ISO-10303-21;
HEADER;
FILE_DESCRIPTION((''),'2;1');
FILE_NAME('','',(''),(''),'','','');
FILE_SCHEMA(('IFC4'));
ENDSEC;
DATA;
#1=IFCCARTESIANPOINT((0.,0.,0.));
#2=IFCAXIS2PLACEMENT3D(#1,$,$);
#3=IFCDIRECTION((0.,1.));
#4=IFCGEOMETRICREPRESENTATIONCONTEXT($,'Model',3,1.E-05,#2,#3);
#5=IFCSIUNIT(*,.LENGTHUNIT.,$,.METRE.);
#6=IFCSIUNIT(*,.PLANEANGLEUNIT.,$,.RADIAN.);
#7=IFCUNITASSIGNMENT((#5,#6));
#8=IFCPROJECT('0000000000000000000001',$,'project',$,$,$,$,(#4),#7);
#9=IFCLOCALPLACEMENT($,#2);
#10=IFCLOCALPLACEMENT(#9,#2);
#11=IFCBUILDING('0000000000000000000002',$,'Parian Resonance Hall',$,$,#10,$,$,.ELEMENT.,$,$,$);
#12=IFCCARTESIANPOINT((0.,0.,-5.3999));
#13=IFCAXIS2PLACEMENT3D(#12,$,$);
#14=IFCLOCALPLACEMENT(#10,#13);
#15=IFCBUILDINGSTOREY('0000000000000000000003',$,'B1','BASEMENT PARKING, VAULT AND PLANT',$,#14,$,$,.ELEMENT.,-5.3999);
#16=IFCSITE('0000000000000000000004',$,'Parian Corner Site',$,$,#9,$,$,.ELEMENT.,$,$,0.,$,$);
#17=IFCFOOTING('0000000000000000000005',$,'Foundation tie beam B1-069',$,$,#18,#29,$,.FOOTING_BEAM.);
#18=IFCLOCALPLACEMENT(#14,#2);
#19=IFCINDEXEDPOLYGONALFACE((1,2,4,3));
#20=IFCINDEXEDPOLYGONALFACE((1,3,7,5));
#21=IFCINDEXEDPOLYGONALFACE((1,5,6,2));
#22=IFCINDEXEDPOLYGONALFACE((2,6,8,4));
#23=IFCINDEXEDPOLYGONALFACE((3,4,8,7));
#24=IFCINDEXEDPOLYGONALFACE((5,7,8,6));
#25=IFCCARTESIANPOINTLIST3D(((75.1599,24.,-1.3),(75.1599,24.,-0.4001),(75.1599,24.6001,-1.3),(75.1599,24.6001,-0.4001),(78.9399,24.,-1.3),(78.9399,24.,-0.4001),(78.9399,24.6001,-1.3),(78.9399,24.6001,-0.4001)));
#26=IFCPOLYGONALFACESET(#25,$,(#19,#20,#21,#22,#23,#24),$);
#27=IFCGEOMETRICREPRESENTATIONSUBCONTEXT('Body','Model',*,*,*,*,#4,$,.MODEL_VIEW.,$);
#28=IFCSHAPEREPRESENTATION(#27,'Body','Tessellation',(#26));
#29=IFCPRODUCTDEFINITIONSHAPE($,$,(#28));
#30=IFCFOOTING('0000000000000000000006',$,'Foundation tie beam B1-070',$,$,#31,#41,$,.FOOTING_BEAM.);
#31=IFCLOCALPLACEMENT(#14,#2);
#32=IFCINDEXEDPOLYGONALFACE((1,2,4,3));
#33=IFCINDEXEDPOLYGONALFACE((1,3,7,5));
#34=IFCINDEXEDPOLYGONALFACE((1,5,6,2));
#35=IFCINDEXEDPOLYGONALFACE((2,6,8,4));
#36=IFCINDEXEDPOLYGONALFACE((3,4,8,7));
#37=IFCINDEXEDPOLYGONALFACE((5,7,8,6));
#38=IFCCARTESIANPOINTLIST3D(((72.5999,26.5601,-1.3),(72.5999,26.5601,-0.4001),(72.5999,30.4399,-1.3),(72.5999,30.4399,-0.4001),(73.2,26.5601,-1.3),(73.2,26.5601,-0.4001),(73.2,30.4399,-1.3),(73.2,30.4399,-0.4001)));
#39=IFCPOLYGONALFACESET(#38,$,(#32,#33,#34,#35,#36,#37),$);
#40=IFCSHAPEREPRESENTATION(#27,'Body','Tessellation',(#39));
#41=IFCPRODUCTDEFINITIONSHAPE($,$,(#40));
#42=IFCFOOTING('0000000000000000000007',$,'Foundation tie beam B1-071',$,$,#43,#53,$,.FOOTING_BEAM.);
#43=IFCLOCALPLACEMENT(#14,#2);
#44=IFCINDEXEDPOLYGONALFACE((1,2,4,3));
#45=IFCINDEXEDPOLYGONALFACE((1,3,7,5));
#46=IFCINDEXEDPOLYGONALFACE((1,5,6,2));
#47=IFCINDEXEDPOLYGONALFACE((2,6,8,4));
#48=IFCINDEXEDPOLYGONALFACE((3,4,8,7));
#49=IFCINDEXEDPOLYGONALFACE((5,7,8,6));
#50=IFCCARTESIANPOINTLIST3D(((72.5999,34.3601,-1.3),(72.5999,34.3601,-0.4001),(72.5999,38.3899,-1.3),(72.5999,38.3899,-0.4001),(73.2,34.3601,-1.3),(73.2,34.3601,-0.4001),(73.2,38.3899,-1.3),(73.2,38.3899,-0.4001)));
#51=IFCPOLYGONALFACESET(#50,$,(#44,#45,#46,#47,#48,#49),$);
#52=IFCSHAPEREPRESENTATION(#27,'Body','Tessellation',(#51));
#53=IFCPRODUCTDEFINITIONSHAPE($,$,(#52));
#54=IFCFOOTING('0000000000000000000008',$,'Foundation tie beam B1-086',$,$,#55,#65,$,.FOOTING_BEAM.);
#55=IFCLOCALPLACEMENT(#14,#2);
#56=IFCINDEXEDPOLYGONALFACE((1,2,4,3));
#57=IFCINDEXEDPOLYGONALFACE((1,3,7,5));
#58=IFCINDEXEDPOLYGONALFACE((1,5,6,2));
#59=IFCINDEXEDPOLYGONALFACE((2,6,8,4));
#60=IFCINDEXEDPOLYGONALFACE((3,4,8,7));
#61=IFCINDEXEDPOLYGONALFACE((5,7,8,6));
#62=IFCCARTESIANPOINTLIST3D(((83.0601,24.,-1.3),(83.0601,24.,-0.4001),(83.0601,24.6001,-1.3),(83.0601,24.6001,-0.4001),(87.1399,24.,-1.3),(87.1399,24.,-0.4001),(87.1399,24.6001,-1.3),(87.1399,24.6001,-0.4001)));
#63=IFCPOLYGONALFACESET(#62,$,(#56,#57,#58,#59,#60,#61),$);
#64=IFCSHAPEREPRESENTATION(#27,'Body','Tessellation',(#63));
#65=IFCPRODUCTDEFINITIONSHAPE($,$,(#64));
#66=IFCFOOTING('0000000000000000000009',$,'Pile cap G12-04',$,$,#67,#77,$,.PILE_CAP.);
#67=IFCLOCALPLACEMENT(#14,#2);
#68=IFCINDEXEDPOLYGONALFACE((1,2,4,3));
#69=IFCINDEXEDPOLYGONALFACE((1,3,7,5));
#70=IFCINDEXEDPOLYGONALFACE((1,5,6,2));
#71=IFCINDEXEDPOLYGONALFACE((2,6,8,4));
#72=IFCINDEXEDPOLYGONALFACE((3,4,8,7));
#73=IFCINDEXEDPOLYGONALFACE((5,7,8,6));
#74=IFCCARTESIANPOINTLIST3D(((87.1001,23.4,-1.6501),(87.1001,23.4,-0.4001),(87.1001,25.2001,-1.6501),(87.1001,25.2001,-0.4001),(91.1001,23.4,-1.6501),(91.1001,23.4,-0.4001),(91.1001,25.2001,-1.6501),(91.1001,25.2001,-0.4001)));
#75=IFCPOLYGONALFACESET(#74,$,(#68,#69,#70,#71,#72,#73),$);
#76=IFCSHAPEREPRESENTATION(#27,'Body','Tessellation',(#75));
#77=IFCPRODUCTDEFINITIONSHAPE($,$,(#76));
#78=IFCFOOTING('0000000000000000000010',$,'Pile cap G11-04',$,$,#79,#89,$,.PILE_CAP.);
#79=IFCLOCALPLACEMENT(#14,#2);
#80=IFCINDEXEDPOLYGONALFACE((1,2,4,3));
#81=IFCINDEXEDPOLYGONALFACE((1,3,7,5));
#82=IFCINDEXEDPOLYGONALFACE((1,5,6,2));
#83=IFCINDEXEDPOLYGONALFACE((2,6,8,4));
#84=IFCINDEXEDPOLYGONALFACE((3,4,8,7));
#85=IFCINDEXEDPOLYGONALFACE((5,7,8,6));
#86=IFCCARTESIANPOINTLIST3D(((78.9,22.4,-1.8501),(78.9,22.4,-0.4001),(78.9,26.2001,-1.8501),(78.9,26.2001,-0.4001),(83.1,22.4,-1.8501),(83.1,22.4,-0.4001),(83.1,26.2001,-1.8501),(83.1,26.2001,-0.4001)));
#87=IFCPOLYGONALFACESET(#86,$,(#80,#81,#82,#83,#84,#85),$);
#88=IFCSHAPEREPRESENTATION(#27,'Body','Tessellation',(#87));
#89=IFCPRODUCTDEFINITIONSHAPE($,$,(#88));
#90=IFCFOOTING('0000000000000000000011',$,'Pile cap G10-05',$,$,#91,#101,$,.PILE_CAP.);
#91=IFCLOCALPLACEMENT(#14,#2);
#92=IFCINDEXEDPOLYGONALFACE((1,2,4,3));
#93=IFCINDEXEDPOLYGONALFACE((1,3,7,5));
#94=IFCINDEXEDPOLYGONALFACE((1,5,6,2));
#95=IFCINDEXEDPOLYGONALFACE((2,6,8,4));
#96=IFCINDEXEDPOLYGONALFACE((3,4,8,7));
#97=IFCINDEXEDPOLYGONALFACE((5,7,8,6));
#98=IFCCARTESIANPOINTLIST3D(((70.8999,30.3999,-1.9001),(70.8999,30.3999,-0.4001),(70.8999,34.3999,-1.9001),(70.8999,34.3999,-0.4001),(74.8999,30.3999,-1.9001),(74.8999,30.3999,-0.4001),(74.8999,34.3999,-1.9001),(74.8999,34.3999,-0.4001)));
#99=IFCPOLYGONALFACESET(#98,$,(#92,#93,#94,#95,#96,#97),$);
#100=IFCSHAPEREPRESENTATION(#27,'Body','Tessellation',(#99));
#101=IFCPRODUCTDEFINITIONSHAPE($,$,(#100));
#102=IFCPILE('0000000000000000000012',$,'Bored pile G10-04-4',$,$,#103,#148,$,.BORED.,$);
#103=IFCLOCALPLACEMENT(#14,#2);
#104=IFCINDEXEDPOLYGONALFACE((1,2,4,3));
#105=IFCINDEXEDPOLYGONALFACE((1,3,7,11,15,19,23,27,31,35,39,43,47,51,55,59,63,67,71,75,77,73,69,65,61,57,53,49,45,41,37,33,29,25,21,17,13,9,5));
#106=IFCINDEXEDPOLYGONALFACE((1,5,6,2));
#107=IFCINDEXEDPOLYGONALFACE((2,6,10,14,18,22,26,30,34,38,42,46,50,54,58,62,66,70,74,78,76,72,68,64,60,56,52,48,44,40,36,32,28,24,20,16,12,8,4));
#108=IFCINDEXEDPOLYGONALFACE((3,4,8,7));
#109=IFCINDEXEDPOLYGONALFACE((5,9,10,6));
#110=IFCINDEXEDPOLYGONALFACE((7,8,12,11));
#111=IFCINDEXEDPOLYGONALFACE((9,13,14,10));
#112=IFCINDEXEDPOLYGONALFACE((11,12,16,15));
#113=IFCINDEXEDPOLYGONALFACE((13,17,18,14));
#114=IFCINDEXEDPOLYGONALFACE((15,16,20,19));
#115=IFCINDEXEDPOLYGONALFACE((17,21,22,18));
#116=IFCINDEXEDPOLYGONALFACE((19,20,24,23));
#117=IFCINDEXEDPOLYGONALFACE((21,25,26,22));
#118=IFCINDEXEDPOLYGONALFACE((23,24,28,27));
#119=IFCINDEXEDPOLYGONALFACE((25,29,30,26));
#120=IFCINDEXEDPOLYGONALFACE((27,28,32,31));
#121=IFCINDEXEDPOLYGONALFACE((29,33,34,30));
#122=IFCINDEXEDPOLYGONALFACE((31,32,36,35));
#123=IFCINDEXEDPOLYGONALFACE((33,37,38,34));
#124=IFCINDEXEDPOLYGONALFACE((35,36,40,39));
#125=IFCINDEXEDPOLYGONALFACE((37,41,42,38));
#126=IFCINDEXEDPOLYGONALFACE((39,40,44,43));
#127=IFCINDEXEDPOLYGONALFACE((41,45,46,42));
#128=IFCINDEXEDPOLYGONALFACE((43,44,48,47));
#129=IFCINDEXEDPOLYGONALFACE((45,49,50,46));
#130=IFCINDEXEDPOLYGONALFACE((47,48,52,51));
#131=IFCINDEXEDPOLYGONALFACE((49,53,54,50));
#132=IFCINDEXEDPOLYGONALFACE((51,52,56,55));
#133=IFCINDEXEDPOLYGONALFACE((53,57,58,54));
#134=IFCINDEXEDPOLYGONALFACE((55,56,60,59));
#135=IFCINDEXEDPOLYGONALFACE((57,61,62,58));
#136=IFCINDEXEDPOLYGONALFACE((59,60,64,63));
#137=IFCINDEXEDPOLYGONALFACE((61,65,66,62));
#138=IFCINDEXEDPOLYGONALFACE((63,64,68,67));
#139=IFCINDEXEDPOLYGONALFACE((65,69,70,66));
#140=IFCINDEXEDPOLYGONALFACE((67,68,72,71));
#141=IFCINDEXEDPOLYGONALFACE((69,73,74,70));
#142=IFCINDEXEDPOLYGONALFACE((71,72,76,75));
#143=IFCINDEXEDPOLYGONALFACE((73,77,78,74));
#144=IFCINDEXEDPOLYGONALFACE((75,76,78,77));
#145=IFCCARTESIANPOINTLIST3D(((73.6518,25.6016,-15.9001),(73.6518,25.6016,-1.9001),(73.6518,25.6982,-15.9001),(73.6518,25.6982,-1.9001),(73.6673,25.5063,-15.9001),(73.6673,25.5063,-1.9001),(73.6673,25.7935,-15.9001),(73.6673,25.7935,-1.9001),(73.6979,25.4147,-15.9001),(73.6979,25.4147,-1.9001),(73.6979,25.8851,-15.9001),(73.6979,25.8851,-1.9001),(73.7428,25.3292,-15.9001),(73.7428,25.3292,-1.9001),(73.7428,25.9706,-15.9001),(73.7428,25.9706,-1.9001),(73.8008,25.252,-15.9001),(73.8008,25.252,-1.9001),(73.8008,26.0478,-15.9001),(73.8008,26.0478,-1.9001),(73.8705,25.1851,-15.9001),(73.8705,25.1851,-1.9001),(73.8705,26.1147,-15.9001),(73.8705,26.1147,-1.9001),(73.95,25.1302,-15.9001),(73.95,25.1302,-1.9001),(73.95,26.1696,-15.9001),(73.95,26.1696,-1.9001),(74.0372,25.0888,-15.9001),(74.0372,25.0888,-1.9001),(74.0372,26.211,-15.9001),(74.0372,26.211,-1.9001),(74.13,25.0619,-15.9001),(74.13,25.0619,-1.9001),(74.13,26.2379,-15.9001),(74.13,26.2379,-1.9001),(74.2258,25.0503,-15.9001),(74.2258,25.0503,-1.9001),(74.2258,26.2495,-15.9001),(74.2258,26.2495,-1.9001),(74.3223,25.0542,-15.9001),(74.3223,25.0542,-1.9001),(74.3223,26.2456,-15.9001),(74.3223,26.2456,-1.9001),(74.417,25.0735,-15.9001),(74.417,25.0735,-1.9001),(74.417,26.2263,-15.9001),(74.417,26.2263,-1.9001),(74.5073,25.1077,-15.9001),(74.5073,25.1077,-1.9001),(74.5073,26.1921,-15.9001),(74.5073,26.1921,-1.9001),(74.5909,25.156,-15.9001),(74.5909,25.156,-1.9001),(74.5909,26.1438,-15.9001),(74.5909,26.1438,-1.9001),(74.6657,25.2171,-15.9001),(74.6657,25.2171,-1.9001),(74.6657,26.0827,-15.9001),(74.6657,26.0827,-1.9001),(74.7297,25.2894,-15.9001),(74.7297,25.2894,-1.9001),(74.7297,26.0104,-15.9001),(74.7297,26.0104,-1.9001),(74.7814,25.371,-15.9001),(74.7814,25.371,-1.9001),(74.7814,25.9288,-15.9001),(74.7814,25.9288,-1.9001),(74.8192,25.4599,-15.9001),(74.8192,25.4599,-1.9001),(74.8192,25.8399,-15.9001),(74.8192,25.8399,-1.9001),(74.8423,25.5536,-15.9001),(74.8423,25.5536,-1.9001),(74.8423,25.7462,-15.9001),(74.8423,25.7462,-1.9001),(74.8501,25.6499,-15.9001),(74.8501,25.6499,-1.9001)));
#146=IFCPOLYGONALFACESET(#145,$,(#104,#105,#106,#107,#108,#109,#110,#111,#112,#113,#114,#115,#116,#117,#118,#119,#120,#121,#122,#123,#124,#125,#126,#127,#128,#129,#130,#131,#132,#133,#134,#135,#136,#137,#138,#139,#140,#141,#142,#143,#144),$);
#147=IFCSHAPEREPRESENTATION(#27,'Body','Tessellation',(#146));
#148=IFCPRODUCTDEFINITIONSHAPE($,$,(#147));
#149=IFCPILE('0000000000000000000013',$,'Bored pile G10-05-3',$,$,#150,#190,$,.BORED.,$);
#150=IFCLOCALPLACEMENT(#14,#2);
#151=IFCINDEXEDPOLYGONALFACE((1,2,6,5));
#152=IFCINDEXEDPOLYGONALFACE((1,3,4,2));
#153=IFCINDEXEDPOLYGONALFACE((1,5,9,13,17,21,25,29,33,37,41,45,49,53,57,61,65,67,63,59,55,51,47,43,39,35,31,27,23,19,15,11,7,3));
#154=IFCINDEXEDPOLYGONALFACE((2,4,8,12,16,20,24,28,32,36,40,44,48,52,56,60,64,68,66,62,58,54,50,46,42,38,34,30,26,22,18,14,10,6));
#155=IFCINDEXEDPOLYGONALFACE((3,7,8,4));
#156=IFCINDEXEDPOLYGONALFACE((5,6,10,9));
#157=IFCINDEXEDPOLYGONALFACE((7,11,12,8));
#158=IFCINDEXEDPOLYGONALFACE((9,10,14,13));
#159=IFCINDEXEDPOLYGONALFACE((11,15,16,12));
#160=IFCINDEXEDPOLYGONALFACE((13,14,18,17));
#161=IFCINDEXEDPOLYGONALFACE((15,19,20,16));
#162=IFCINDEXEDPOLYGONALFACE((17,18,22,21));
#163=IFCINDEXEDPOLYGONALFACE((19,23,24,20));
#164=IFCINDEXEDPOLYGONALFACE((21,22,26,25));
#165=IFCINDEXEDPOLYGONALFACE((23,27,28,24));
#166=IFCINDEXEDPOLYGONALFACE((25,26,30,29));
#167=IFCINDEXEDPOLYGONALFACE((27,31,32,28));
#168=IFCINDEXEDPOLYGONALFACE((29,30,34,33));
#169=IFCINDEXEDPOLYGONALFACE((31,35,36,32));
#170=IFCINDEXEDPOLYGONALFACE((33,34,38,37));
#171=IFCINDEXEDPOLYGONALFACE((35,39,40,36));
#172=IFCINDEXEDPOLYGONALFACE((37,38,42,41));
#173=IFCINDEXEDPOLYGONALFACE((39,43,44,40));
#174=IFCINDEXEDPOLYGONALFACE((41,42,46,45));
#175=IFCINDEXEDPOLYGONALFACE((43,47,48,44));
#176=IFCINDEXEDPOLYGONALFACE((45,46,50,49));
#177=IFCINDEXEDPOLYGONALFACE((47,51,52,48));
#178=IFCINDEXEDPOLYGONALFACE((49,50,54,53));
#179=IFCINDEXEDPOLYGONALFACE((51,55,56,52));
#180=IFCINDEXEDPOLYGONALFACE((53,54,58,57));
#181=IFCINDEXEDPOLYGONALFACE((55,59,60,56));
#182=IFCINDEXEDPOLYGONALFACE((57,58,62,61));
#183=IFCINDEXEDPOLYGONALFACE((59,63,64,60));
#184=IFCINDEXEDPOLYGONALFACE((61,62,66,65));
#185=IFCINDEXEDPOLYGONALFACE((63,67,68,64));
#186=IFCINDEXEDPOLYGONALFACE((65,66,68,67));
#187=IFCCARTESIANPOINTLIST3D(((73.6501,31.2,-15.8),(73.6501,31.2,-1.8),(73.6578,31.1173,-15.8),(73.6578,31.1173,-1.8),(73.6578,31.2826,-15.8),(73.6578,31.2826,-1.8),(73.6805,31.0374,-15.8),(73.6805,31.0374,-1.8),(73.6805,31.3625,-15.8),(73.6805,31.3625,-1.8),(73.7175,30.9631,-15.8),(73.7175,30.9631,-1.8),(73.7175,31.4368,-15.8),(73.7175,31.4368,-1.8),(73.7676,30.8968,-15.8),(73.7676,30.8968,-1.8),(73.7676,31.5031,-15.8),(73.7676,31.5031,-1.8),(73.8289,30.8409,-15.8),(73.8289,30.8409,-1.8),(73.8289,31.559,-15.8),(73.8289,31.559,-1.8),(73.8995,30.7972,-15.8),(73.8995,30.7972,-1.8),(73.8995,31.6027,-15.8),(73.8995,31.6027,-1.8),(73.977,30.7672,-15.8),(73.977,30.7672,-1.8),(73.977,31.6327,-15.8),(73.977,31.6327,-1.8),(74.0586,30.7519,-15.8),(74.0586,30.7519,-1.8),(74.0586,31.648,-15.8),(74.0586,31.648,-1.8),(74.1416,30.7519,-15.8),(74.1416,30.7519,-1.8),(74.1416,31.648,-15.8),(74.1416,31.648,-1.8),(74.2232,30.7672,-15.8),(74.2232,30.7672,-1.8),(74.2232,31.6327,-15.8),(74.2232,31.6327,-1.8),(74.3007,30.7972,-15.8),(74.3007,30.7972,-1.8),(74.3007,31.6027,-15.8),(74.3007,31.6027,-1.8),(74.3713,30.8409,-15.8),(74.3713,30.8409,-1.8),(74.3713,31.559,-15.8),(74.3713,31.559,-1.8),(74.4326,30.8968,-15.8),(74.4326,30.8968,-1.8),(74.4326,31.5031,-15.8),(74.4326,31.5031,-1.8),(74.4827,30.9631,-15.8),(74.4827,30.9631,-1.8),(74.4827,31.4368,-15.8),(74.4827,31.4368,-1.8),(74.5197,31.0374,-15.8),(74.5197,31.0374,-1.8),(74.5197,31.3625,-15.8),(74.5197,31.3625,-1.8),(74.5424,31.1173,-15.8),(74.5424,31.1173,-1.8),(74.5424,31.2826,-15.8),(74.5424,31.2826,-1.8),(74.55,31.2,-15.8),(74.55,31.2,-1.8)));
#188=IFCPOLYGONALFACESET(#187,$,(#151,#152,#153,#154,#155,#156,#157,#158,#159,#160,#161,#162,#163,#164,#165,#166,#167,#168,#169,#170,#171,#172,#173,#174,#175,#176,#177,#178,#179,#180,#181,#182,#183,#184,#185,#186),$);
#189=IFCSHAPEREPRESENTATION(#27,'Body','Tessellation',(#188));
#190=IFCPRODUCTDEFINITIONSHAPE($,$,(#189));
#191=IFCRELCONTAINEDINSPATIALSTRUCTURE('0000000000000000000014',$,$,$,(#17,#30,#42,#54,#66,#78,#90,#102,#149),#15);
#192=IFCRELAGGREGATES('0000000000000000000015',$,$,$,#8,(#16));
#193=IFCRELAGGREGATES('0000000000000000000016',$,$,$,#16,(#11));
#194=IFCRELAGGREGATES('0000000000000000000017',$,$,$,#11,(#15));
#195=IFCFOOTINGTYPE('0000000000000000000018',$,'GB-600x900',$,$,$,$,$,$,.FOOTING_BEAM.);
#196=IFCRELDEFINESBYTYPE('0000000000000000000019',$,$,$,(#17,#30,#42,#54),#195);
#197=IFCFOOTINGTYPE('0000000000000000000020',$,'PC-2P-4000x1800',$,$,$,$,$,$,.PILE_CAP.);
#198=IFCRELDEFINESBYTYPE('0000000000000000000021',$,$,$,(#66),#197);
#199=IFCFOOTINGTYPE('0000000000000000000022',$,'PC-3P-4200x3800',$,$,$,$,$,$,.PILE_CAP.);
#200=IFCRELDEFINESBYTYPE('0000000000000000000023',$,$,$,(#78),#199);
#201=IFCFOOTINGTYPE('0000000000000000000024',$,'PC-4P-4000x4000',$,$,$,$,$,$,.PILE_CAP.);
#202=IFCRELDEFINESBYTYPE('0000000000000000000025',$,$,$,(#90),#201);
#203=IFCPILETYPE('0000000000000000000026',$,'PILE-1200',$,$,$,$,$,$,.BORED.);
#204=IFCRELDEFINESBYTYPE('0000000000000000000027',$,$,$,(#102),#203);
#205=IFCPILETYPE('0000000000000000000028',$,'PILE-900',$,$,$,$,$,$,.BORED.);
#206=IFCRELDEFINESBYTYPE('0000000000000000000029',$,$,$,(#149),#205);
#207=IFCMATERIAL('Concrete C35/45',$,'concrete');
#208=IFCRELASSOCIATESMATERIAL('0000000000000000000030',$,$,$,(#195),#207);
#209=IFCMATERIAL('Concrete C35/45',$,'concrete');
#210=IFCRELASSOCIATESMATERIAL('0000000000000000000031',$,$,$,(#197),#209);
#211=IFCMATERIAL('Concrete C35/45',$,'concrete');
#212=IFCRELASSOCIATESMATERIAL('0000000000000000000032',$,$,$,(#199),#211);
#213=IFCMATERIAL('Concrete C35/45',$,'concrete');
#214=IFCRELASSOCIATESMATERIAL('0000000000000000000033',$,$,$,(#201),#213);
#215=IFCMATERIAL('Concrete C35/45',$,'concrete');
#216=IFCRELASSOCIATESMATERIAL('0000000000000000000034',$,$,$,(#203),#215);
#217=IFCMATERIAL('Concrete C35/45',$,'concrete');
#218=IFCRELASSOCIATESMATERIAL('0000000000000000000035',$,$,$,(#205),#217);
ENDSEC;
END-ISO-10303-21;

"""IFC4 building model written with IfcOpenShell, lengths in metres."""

from ifc_helpers import new_model, si_unit, direction, frame, origin, origin_2d, place, context, subcontext, project, spatial, rectangle, circle, extrude, material, material_profile, profile_set, type_object, element, save


model = new_model("IFC4")

# Units and contexts
model_context = context("Model", 3, precision=1e-05, world=origin(), true_north=direction((0.0, 1.0)))
body_context = subcontext(model_context, "Body", "Model", "MODEL_VIEW")
ifc_project = project(units=[si_unit("LENGTHUNIT", "METRE"), si_unit("PLANEANGLEUNIT", "RADIAN")], contexts=[model_context])

# Site, building, storey
site_placement = place(None, origin())
site = spatial("IfcSite", under=ifc_project, at=site_placement, Name="Parian Corner Site", CompositionType="ELEMENT", RefElevation=0.0)
building_placement = place(site_placement, origin())
building = spatial("IfcBuilding", under=site, at=building_placement, Name="Parian Resonance Hall", CompositionType="ELEMENT")
storey_placement = place(building_placement, frame((0.0, 0.0, -5.3999)))
storey = spatial("IfcBuildingStorey", under=building, at=storey_placement, Name="B1", Description="BASEMENT PARKING, VAULT AND PLANT", CompositionType="ELEMENT", Elevation=-5.3999)

# Footings
ifc_material_1 = material(Name="Concrete C35/45", Category="concrete")
ifc_material_profile_1 = material_profile(ifc_material_1, rectangle(XDim=0.6001, YDim=0.8999, at=origin_2d()), Name="RC-GB-600x900")
ifc_profile_set_1 = profile_set([ifc_material_profile_1], Name="Concrete C35/45")
footing_type_1 = type_object("IfcFootingType", Name="GB-600x900", PredefinedType="FOOTING_BEAM", material=ifc_profile_set_1)
footing_1_placement = place(storey_placement, frame((75.1599, 24.3, -0.8501), z_axis=(1.0, 0.0, 0.0), x_axis=(0.0, 1.0, 0.0)))
element("IfcFooting", 1, at=footing_1_placement, inside=storey, type_object=footing_type_1, Name="Foundation tie beam B1-069", PredefinedType="FOOTING_BEAM", context=body_context, shape_type="SweptSolid", body=[
    extrude(rectangle(XDim=0.6001, YDim=0.8999, at=origin_2d()), origin(), (0.0, 0.0, 1.0), 3.78),
])
footing_2_placement = place(storey_placement, frame((72.8999, 26.5601, -0.8501), z_axis=(0.0, 1.0, 0.0), x_axis=(-1.0, 0.0, 0.0)))
element("IfcFooting", 2, at=footing_2_placement, inside=storey, type_object=footing_type_1, Name="Foundation tie beam B1-070", PredefinedType="FOOTING_BEAM", context=body_context, shape_type="SweptSolid", body=[
    extrude(rectangle(XDim=0.6001, YDim=0.8999, at=origin_2d()), origin(), (0.0, 0.0, 1.0), 3.8799),
])
footing_3_placement = place(storey_placement, frame((72.8999, 34.3601, -0.8501), z_axis=(0.0, 1.0, 0.0), x_axis=(-1.0, 0.0, 0.0)))
element("IfcFooting", 3, at=footing_3_placement, inside=storey, type_object=footing_type_1, Name="Foundation tie beam B1-071", PredefinedType="FOOTING_BEAM", context=body_context, shape_type="SweptSolid", body=[
    extrude(rectangle(XDim=0.6001, YDim=0.8999, at=origin_2d()), origin(), (0.0, 0.0, 1.0), 4.0298),
])
footing_4_placement = place(storey_placement, frame((83.0601, 24.3, -0.8501), z_axis=(1.0, 0.0, 0.0), x_axis=(0.0, 1.0, 0.0)))
element("IfcFooting", 4, at=footing_4_placement, inside=storey, type_object=footing_type_1, Name="Foundation tie beam B1-086", PredefinedType="FOOTING_BEAM", context=body_context, shape_type="SweptSolid", body=[
    extrude(rectangle(XDim=0.6001, YDim=0.8999, at=origin_2d()), origin(), (0.0, 0.0, 1.0), 4.0798),
])
ifc_material_2 = material(Name="Concrete C35/45", Category="concrete")
footing_type_2 = type_object("IfcFootingType", Name="PC-2P-4000x1800", PredefinedType="PILE_CAP", material=ifc_material_2)
footing_5_placement = place(storey_placement, frame((89.1001, 24.3, -1.6501), z_axis=(0.0, 0.0, 1.0), x_axis=(1.0, 0.0, 0.0)))
element("IfcFooting", 5, at=footing_5_placement, inside=storey, type_object=footing_type_2, Name="Pile cap G12-04", PredefinedType="PILE_CAP", context=body_context, shape_type="SweptSolid", body=[
    extrude(rectangle(XDim=4.0, YDim=1.8, at=origin_2d()), origin(), (0.0, 0.0, 1.0), 1.25),
])
ifc_material_3 = material(Name="Concrete C35/45", Category="concrete")
footing_type_3 = type_object("IfcFootingType", Name="PC-3P-4200x3800", PredefinedType="PILE_CAP", material=ifc_material_3)
footing_6_placement = place(storey_placement, frame((81.0, 24.3, -1.8501), z_axis=(0.0, 0.0, 1.0), x_axis=(1.0, 0.0, 0.0)))
element("IfcFooting", 6, at=footing_6_placement, inside=storey, type_object=footing_type_3, Name="Pile cap G11-04", PredefinedType="PILE_CAP", context=body_context, shape_type="SweptSolid", body=[
    extrude(rectangle(XDim=4.2, YDim=3.8, at=origin_2d()), origin(), (0.0, 0.0, 1.0), 1.45),
])
ifc_material_4 = material(Name="Concrete C35/45", Category="concrete")
footing_type_4 = type_object("IfcFootingType", Name="PC-4P-4000x4000", PredefinedType="PILE_CAP", material=ifc_material_4)
footing_7_placement = place(storey_placement, frame((72.8999, 32.3999, -1.9001), z_axis=(0.0, 0.0, 1.0), x_axis=(1.0, 0.0, 0.0)))
element("IfcFooting", 7, at=footing_7_placement, inside=storey, type_object=footing_type_4, Name="Pile cap G10-05", PredefinedType="PILE_CAP", context=body_context, shape_type="SweptSolid", body=[
    extrude(rectangle(XDim=4.0, YDim=4.0, at=origin_2d()), origin(), (0.0, 0.0, 1.0), 1.5),
])

# Piles
ifc_material_5 = material(Name="Concrete C35/45", Category="concrete")
ifc_material_profile_2 = material_profile(ifc_material_5, circle(Radius=0.6001, at=origin_2d()), Name="PILE-D1200")
ifc_profile_set_2 = profile_set([ifc_material_profile_2], Name="Concrete C35/45")
pile_type_1 = type_object("IfcPileType", Name="PILE-1200", PredefinedType="BORED", material=ifc_profile_set_2)
pile_placement = place(storey_placement, frame((74.25, 25.6499, -1.9001), z_axis=(0.0, 0.0, -1.0), x_axis=(1.0, 0.0, 0.0)))
element("IfcPile", 8, at=pile_placement, inside=storey, type_object=pile_type_1, Name="Bored pile G10-04-4", PredefinedType="BORED", context=body_context, shape_type="SweptSolid", body=[
    extrude(circle(Radius=0.6001, at=origin_2d()), origin(), (0.0, 0.0, 1.0), 14.0),
])
ifc_material_6 = material(Name="Concrete C35/45", Category="concrete")
ifc_material_profile_3 = material_profile(ifc_material_6, circle(Radius=0.45, at=origin_2d()), Name="PILE-D900")
ifc_profile_set_3 = profile_set([ifc_material_profile_3], Name="Concrete C35/45")
pile_type_2 = type_object("IfcPileType", Name="PILE-900", PredefinedType="BORED", material=ifc_profile_set_3)
for number, where, z_axis, x_axis, name in (
    (9, (74.1001, 31.2, -1.8), (0.0, 0.0, -1.0), (1.0, 0.0, 0.0), "Bored pile G10-05-3"),
):
    element("IfcPile", number, at=place(storey_placement, frame(where, z_axis=z_axis, x_axis=x_axis)), inside=storey, type_object=pile_type_2, Name=name, PredefinedType="BORED", context=body_context, shape_type="SweptSolid", body=[
        extrude(circle(Radius=0.45, at=origin_2d()), origin(), (0.0, 0.0, 1.0), 14.0),
    ])

save(model, "model.ifc")
